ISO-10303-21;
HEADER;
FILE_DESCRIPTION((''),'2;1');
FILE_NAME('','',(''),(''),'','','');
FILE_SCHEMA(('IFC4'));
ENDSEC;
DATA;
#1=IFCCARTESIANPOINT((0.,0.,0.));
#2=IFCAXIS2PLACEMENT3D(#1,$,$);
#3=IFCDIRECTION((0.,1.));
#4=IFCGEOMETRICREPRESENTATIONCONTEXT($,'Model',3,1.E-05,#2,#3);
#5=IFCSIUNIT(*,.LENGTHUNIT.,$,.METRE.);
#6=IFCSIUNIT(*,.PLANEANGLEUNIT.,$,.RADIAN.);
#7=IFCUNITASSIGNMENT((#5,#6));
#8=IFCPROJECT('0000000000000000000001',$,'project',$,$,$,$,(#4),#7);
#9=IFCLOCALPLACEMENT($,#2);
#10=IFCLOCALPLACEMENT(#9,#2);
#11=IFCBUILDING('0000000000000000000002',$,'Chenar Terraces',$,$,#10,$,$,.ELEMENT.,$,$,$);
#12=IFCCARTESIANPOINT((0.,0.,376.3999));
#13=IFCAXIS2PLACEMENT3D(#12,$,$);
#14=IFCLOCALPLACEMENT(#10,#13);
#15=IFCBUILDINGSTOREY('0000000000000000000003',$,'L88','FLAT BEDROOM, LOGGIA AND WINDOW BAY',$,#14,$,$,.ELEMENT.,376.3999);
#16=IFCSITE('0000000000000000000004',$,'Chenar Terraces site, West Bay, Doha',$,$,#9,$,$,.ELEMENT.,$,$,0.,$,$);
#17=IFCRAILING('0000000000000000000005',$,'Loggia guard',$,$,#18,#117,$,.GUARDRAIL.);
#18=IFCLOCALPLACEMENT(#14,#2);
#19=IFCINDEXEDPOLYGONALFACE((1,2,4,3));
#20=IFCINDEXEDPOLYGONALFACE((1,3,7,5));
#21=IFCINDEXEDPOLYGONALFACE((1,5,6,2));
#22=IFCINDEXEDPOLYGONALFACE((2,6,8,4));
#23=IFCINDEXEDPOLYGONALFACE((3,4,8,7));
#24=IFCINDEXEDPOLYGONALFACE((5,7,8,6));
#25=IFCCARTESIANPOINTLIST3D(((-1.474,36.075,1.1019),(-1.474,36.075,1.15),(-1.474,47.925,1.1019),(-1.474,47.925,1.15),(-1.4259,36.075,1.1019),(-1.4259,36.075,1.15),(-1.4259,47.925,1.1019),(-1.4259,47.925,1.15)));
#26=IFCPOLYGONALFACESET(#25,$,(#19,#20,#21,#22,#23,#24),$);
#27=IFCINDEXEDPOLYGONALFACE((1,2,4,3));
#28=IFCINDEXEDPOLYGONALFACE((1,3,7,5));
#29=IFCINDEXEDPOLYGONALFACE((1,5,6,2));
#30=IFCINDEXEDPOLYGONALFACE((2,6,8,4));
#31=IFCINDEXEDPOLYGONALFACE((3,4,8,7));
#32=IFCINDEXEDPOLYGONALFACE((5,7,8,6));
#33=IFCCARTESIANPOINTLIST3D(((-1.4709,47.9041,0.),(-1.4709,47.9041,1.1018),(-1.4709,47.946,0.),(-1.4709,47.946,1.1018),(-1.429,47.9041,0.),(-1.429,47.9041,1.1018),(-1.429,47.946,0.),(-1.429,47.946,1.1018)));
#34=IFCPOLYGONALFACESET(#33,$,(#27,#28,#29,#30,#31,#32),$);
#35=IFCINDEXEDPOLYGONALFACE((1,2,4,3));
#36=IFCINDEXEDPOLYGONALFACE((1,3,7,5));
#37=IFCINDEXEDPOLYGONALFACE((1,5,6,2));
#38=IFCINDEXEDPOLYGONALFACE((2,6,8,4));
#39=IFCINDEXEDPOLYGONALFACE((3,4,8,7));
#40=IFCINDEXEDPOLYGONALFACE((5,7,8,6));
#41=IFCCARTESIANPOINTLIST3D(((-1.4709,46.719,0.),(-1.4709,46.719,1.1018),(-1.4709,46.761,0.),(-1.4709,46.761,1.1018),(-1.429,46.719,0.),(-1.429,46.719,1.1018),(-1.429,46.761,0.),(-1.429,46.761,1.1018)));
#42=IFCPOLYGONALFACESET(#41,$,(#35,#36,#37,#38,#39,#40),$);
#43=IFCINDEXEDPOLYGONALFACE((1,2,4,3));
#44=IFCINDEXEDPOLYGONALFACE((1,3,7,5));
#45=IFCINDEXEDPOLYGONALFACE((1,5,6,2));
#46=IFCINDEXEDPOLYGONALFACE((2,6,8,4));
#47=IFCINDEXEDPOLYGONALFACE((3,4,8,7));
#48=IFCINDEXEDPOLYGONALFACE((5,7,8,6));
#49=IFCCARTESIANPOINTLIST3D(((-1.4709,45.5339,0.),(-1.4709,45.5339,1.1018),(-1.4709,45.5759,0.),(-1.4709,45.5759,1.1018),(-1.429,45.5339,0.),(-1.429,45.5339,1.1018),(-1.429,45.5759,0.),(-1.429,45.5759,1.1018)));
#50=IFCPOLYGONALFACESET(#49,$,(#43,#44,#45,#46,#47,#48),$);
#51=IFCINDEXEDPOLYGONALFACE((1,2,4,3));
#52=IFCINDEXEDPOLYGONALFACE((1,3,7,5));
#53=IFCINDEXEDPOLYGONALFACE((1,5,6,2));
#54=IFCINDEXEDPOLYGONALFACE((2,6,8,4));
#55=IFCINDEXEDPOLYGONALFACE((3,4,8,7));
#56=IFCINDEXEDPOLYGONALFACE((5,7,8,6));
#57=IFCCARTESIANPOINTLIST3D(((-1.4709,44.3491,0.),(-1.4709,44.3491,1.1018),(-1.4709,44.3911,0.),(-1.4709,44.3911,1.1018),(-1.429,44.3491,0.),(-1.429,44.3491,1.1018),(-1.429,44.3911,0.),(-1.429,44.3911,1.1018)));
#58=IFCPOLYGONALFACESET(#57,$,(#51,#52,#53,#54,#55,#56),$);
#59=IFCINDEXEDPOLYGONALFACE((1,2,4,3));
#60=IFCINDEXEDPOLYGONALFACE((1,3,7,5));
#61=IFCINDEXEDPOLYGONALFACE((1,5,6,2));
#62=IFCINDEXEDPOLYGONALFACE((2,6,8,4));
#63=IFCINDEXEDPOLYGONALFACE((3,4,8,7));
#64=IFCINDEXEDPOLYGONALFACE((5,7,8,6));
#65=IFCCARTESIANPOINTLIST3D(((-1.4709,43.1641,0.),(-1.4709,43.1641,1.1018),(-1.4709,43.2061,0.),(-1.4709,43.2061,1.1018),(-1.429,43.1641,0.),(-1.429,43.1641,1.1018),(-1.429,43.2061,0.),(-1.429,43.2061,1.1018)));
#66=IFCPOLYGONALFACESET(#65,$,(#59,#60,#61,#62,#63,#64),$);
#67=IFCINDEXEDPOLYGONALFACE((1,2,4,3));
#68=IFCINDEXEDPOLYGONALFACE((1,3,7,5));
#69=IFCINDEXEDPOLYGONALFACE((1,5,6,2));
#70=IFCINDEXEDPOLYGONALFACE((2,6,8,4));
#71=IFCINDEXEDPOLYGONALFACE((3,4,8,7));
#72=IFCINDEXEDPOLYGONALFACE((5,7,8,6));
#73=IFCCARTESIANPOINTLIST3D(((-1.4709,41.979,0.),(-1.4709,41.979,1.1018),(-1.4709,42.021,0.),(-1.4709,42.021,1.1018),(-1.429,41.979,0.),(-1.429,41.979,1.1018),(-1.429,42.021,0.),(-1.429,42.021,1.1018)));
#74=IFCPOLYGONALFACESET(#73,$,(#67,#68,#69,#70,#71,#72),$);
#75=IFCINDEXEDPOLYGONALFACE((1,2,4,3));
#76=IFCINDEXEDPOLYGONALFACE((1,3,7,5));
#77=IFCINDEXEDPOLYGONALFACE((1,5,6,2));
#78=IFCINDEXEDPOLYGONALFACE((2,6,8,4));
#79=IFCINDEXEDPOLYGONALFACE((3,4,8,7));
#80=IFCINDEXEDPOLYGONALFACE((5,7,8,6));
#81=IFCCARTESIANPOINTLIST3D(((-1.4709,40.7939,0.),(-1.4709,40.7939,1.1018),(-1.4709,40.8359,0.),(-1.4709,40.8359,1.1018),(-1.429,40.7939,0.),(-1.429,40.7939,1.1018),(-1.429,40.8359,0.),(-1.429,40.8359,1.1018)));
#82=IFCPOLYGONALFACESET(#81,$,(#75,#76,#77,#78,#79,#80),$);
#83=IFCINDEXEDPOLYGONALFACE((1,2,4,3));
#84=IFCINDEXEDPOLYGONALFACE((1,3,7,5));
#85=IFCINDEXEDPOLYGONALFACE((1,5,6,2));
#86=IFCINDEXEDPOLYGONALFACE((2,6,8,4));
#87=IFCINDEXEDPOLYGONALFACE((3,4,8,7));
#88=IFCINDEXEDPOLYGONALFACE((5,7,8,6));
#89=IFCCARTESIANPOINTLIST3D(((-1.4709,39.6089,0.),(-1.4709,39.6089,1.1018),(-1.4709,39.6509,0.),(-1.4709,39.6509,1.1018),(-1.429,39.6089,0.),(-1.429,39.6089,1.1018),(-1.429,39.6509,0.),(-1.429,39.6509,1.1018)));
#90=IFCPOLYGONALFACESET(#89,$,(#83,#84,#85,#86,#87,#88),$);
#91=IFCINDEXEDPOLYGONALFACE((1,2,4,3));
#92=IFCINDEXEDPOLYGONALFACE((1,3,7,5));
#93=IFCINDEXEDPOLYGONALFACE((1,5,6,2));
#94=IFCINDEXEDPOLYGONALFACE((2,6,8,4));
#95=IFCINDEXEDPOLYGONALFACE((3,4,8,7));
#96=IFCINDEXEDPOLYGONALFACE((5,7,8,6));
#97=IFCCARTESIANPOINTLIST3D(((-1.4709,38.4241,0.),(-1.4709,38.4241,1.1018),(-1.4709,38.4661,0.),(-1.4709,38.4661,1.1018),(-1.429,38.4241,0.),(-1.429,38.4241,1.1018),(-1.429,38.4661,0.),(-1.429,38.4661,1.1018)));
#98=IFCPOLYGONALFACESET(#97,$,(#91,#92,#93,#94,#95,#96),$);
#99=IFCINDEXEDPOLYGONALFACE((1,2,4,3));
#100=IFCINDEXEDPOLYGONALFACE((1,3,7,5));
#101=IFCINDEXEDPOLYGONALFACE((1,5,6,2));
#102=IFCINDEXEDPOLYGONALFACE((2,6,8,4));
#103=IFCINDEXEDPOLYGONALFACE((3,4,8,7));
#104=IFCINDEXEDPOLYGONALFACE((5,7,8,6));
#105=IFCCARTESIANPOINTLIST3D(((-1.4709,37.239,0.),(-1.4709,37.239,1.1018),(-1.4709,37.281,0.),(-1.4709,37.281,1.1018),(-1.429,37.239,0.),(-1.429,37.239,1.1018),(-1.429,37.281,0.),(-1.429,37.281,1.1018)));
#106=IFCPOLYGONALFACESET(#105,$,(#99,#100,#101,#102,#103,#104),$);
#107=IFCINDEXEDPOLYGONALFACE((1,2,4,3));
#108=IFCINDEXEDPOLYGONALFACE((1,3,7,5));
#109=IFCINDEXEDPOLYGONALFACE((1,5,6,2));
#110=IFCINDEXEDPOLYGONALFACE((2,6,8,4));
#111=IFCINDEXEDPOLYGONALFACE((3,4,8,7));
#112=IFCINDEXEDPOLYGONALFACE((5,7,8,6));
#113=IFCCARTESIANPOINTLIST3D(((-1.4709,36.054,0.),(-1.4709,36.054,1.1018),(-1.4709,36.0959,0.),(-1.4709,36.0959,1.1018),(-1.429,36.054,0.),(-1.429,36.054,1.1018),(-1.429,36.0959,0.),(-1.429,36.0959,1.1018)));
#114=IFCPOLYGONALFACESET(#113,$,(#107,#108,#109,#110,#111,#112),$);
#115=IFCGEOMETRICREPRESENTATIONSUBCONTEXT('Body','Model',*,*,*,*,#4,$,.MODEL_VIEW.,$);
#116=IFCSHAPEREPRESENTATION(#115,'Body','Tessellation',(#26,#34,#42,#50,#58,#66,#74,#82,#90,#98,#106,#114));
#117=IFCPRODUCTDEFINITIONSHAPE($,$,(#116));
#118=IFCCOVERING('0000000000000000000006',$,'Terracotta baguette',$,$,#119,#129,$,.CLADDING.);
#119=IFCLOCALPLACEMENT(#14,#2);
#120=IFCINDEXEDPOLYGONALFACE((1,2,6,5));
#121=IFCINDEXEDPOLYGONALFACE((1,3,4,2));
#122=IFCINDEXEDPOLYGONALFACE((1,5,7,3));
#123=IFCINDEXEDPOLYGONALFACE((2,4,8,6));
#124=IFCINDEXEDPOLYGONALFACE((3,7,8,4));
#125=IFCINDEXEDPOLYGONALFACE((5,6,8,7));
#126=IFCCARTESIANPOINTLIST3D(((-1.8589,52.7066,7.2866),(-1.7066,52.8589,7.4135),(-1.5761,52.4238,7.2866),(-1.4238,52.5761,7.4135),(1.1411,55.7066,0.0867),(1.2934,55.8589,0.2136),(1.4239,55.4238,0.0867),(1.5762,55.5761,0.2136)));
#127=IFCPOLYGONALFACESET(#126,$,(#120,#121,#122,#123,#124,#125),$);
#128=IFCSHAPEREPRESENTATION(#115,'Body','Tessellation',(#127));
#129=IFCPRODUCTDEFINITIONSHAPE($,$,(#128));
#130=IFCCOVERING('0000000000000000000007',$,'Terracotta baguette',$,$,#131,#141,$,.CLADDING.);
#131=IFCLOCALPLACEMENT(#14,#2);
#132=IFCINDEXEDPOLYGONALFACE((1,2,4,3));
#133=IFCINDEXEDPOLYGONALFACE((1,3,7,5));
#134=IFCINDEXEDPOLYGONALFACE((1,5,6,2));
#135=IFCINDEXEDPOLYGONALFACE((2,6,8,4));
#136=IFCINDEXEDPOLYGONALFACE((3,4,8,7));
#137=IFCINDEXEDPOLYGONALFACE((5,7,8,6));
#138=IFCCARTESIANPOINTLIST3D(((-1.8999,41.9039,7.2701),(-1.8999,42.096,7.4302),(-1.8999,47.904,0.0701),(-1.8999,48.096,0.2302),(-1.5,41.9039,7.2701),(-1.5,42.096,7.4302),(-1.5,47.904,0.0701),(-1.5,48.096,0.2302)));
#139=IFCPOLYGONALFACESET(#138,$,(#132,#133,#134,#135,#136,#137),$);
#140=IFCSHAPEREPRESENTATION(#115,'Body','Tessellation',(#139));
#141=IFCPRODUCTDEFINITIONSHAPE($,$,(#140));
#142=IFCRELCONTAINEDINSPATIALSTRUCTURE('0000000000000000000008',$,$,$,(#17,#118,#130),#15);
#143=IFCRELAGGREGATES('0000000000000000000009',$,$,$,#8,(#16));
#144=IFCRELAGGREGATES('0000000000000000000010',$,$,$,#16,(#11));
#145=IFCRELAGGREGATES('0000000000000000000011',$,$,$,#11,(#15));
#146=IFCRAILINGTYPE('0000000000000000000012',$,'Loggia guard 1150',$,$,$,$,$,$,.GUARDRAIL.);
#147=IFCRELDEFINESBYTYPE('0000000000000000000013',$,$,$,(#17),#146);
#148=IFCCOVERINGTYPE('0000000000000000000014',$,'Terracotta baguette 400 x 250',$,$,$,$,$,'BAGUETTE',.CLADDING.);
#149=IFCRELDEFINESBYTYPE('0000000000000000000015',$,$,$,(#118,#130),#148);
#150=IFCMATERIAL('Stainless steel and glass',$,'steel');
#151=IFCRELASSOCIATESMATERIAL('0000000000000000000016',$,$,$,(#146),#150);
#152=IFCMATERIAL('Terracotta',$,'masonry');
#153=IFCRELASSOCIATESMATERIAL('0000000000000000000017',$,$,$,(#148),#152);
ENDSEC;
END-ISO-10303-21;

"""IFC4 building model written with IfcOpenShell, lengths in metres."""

from ifc_helpers import new_model, si_unit, direction, frame, origin, origin_2d, place, context, subcontext, project, spatial, rectangle, extrude, material, material_profile, profile_set, type_object, element, save


model = new_model("IFC4")

# Units and contexts
model_context = context("Model", 3, precision=1e-05, world=origin(), true_north=direction((0.0, 1.0)))
body_context = subcontext(model_context, "Body", "Model", "MODEL_VIEW")
ifc_project = project(units=[si_unit("LENGTHUNIT", "METRE"), si_unit("PLANEANGLEUNIT", "RADIAN")], contexts=[model_context])

# Site, building, storey
site_placement = place(None, origin())
site = spatial("IfcSite", under=ifc_project, at=site_placement, Name="Chenar Terraces site, West Bay, Doha", CompositionType="ELEMENT", RefElevation=0.0)
building_placement = place(site_placement, origin())
building = spatial("IfcBuilding", under=site, at=building_placement, Name="Chenar Terraces", CompositionType="ELEMENT")
storey_placement = place(building_placement, frame((0.0, 0.0, 376.3999)))
storey = spatial("IfcBuildingStorey", under=building, at=storey_placement, Name="L88", Description="FLAT BEDROOM, LOGGIA AND WINDOW BAY", CompositionType="ELEMENT", Elevation=376.3999)

# Railing
ifc_material_1 = material(Name="Stainless steel and glass", Category="steel")
railing_type = type_object("IfcRailingType", Name="Loggia guard 1150", PredefinedType="GUARDRAIL", material=ifc_material_1)
railing_placement = place(storey_placement, frame((-1.45, 47.925, 0.0)))
element("IfcRailing", 1, at=railing_placement, inside=storey, type_object=railing_type, Name="Loggia guard", PredefinedType="GUARDRAIL", context=body_context, shape_type="SweptSolid", body=[
    extrude(rectangle(XDim=0.0481, YDim=0.0481, at=origin_2d()), frame((0.0, 0.0, 1.126), z_axis=(0.0, -1.0, 0.0), x_axis=(1.0, 0.0, 0.0)), (0.0, 0.0, 1.0), 11.8501),
    extrude(rectangle(XDim=0.042, YDim=0.042, at=origin_2d()), origin(), (0.0, 0.0, 1.0), 1.1018),
    extrude(rectangle(XDim=0.042, YDim=0.042, at=origin_2d()), frame((0.0, -1.1851, 0.0)), (0.0, 0.0, 1.0), 1.1018),
    extrude(rectangle(XDim=0.042, YDim=0.042, at=origin_2d()), frame((0.0, -2.3701, 0.0)), (0.0, 0.0, 1.0), 1.1018),
    extrude(rectangle(XDim=0.042, YDim=0.042, at=origin_2d()), frame((0.0, -3.5549, 0.0)), (0.0, 0.0, 1.0), 1.1018),
    extrude(rectangle(XDim=0.042, YDim=0.042, at=origin_2d()), frame((0.0, -4.74, 0.0)), (0.0, 0.0, 1.0), 1.1018),
    extrude(rectangle(XDim=0.042, YDim=0.042, at=origin_2d()), frame((0.0, -5.925, 0.0)), (0.0, 0.0, 1.0), 1.1018),
    extrude(rectangle(XDim=0.042, YDim=0.042, at=origin_2d()), frame((0.0, -7.1101, 0.0)), (0.0, 0.0, 1.0), 1.1018),
    extrude(rectangle(XDim=0.042, YDim=0.042, at=origin_2d()), frame((0.0, -8.2952, 0.0)), (0.0, 0.0, 1.0), 1.1018),
    extrude(rectangle(XDim=0.042, YDim=0.042, at=origin_2d()), frame((0.0, -9.48, 0.0)), (0.0, 0.0, 1.0), 1.1018),
    extrude(rectangle(XDim=0.042, YDim=0.042, at=origin_2d()), frame((0.0, -10.665, 0.0)), (0.0, 0.0, 1.0), 1.1018),
    extrude(rectangle(XDim=0.042, YDim=0.042, at=origin_2d()), frame((0.0, -11.8501, 0.0)), (0.0, 0.0, 1.0), 1.1018),
])

# Coverings
ifc_material_2 = material(Name="Terracotta", Category="masonry")
ifc_material_profile_1 = material_profile(ifc_material_2, rectangle(XDim=0.3999, YDim=0.25, at=origin_2d()), Name="Terracotta baguette 400 x 250")
ifc_profile_set_1 = profile_set([ifc_material_profile_1], Name="Terracotta")
covering_type = type_object("IfcCoveringType", Name="Terracotta baguette 400 x 250", ElementType="BAGUETTE", PredefinedType="CLADDING", material=ifc_profile_set_1)
covering_1_placement = place(storey_placement, frame((1.3586, 55.6414, 0.1501), z_axis=(-0.358981, -0.358981, 0.861548), x_axis=(0.707107, -0.707107, 0.0)))
element("IfcCovering", 2, at=covering_1_placement, inside=storey, type_object=covering_type, Name="Terracotta baguette", PredefinedType="CLADDING", context=body_context, shape_type="SweptSolid", body=[
    extrude(rectangle(XDim=0.3999, YDim=0.25, at=origin_2d()), origin(), (0.0, 0.0, 1.0), 8.3569),
])
covering_2_placement = place(storey_placement, frame((-1.7, 48.0, 0.1501), z_axis=(0.0, -0.640187, 0.768219), x_axis=(1.0, 0.0, 0.0)))
element("IfcCovering", 3, at=covering_2_placement, inside=storey, type_object=covering_type, Name="Terracotta baguette", PredefinedType="CLADDING", context=body_context, shape_type="SweptSolid", body=[
    extrude(rectangle(XDim=0.3999, YDim=0.25, at=origin_2d()), origin(), (0.0, 0.0, 1.0), 9.3723),
])

save(model, "model.ifc")
